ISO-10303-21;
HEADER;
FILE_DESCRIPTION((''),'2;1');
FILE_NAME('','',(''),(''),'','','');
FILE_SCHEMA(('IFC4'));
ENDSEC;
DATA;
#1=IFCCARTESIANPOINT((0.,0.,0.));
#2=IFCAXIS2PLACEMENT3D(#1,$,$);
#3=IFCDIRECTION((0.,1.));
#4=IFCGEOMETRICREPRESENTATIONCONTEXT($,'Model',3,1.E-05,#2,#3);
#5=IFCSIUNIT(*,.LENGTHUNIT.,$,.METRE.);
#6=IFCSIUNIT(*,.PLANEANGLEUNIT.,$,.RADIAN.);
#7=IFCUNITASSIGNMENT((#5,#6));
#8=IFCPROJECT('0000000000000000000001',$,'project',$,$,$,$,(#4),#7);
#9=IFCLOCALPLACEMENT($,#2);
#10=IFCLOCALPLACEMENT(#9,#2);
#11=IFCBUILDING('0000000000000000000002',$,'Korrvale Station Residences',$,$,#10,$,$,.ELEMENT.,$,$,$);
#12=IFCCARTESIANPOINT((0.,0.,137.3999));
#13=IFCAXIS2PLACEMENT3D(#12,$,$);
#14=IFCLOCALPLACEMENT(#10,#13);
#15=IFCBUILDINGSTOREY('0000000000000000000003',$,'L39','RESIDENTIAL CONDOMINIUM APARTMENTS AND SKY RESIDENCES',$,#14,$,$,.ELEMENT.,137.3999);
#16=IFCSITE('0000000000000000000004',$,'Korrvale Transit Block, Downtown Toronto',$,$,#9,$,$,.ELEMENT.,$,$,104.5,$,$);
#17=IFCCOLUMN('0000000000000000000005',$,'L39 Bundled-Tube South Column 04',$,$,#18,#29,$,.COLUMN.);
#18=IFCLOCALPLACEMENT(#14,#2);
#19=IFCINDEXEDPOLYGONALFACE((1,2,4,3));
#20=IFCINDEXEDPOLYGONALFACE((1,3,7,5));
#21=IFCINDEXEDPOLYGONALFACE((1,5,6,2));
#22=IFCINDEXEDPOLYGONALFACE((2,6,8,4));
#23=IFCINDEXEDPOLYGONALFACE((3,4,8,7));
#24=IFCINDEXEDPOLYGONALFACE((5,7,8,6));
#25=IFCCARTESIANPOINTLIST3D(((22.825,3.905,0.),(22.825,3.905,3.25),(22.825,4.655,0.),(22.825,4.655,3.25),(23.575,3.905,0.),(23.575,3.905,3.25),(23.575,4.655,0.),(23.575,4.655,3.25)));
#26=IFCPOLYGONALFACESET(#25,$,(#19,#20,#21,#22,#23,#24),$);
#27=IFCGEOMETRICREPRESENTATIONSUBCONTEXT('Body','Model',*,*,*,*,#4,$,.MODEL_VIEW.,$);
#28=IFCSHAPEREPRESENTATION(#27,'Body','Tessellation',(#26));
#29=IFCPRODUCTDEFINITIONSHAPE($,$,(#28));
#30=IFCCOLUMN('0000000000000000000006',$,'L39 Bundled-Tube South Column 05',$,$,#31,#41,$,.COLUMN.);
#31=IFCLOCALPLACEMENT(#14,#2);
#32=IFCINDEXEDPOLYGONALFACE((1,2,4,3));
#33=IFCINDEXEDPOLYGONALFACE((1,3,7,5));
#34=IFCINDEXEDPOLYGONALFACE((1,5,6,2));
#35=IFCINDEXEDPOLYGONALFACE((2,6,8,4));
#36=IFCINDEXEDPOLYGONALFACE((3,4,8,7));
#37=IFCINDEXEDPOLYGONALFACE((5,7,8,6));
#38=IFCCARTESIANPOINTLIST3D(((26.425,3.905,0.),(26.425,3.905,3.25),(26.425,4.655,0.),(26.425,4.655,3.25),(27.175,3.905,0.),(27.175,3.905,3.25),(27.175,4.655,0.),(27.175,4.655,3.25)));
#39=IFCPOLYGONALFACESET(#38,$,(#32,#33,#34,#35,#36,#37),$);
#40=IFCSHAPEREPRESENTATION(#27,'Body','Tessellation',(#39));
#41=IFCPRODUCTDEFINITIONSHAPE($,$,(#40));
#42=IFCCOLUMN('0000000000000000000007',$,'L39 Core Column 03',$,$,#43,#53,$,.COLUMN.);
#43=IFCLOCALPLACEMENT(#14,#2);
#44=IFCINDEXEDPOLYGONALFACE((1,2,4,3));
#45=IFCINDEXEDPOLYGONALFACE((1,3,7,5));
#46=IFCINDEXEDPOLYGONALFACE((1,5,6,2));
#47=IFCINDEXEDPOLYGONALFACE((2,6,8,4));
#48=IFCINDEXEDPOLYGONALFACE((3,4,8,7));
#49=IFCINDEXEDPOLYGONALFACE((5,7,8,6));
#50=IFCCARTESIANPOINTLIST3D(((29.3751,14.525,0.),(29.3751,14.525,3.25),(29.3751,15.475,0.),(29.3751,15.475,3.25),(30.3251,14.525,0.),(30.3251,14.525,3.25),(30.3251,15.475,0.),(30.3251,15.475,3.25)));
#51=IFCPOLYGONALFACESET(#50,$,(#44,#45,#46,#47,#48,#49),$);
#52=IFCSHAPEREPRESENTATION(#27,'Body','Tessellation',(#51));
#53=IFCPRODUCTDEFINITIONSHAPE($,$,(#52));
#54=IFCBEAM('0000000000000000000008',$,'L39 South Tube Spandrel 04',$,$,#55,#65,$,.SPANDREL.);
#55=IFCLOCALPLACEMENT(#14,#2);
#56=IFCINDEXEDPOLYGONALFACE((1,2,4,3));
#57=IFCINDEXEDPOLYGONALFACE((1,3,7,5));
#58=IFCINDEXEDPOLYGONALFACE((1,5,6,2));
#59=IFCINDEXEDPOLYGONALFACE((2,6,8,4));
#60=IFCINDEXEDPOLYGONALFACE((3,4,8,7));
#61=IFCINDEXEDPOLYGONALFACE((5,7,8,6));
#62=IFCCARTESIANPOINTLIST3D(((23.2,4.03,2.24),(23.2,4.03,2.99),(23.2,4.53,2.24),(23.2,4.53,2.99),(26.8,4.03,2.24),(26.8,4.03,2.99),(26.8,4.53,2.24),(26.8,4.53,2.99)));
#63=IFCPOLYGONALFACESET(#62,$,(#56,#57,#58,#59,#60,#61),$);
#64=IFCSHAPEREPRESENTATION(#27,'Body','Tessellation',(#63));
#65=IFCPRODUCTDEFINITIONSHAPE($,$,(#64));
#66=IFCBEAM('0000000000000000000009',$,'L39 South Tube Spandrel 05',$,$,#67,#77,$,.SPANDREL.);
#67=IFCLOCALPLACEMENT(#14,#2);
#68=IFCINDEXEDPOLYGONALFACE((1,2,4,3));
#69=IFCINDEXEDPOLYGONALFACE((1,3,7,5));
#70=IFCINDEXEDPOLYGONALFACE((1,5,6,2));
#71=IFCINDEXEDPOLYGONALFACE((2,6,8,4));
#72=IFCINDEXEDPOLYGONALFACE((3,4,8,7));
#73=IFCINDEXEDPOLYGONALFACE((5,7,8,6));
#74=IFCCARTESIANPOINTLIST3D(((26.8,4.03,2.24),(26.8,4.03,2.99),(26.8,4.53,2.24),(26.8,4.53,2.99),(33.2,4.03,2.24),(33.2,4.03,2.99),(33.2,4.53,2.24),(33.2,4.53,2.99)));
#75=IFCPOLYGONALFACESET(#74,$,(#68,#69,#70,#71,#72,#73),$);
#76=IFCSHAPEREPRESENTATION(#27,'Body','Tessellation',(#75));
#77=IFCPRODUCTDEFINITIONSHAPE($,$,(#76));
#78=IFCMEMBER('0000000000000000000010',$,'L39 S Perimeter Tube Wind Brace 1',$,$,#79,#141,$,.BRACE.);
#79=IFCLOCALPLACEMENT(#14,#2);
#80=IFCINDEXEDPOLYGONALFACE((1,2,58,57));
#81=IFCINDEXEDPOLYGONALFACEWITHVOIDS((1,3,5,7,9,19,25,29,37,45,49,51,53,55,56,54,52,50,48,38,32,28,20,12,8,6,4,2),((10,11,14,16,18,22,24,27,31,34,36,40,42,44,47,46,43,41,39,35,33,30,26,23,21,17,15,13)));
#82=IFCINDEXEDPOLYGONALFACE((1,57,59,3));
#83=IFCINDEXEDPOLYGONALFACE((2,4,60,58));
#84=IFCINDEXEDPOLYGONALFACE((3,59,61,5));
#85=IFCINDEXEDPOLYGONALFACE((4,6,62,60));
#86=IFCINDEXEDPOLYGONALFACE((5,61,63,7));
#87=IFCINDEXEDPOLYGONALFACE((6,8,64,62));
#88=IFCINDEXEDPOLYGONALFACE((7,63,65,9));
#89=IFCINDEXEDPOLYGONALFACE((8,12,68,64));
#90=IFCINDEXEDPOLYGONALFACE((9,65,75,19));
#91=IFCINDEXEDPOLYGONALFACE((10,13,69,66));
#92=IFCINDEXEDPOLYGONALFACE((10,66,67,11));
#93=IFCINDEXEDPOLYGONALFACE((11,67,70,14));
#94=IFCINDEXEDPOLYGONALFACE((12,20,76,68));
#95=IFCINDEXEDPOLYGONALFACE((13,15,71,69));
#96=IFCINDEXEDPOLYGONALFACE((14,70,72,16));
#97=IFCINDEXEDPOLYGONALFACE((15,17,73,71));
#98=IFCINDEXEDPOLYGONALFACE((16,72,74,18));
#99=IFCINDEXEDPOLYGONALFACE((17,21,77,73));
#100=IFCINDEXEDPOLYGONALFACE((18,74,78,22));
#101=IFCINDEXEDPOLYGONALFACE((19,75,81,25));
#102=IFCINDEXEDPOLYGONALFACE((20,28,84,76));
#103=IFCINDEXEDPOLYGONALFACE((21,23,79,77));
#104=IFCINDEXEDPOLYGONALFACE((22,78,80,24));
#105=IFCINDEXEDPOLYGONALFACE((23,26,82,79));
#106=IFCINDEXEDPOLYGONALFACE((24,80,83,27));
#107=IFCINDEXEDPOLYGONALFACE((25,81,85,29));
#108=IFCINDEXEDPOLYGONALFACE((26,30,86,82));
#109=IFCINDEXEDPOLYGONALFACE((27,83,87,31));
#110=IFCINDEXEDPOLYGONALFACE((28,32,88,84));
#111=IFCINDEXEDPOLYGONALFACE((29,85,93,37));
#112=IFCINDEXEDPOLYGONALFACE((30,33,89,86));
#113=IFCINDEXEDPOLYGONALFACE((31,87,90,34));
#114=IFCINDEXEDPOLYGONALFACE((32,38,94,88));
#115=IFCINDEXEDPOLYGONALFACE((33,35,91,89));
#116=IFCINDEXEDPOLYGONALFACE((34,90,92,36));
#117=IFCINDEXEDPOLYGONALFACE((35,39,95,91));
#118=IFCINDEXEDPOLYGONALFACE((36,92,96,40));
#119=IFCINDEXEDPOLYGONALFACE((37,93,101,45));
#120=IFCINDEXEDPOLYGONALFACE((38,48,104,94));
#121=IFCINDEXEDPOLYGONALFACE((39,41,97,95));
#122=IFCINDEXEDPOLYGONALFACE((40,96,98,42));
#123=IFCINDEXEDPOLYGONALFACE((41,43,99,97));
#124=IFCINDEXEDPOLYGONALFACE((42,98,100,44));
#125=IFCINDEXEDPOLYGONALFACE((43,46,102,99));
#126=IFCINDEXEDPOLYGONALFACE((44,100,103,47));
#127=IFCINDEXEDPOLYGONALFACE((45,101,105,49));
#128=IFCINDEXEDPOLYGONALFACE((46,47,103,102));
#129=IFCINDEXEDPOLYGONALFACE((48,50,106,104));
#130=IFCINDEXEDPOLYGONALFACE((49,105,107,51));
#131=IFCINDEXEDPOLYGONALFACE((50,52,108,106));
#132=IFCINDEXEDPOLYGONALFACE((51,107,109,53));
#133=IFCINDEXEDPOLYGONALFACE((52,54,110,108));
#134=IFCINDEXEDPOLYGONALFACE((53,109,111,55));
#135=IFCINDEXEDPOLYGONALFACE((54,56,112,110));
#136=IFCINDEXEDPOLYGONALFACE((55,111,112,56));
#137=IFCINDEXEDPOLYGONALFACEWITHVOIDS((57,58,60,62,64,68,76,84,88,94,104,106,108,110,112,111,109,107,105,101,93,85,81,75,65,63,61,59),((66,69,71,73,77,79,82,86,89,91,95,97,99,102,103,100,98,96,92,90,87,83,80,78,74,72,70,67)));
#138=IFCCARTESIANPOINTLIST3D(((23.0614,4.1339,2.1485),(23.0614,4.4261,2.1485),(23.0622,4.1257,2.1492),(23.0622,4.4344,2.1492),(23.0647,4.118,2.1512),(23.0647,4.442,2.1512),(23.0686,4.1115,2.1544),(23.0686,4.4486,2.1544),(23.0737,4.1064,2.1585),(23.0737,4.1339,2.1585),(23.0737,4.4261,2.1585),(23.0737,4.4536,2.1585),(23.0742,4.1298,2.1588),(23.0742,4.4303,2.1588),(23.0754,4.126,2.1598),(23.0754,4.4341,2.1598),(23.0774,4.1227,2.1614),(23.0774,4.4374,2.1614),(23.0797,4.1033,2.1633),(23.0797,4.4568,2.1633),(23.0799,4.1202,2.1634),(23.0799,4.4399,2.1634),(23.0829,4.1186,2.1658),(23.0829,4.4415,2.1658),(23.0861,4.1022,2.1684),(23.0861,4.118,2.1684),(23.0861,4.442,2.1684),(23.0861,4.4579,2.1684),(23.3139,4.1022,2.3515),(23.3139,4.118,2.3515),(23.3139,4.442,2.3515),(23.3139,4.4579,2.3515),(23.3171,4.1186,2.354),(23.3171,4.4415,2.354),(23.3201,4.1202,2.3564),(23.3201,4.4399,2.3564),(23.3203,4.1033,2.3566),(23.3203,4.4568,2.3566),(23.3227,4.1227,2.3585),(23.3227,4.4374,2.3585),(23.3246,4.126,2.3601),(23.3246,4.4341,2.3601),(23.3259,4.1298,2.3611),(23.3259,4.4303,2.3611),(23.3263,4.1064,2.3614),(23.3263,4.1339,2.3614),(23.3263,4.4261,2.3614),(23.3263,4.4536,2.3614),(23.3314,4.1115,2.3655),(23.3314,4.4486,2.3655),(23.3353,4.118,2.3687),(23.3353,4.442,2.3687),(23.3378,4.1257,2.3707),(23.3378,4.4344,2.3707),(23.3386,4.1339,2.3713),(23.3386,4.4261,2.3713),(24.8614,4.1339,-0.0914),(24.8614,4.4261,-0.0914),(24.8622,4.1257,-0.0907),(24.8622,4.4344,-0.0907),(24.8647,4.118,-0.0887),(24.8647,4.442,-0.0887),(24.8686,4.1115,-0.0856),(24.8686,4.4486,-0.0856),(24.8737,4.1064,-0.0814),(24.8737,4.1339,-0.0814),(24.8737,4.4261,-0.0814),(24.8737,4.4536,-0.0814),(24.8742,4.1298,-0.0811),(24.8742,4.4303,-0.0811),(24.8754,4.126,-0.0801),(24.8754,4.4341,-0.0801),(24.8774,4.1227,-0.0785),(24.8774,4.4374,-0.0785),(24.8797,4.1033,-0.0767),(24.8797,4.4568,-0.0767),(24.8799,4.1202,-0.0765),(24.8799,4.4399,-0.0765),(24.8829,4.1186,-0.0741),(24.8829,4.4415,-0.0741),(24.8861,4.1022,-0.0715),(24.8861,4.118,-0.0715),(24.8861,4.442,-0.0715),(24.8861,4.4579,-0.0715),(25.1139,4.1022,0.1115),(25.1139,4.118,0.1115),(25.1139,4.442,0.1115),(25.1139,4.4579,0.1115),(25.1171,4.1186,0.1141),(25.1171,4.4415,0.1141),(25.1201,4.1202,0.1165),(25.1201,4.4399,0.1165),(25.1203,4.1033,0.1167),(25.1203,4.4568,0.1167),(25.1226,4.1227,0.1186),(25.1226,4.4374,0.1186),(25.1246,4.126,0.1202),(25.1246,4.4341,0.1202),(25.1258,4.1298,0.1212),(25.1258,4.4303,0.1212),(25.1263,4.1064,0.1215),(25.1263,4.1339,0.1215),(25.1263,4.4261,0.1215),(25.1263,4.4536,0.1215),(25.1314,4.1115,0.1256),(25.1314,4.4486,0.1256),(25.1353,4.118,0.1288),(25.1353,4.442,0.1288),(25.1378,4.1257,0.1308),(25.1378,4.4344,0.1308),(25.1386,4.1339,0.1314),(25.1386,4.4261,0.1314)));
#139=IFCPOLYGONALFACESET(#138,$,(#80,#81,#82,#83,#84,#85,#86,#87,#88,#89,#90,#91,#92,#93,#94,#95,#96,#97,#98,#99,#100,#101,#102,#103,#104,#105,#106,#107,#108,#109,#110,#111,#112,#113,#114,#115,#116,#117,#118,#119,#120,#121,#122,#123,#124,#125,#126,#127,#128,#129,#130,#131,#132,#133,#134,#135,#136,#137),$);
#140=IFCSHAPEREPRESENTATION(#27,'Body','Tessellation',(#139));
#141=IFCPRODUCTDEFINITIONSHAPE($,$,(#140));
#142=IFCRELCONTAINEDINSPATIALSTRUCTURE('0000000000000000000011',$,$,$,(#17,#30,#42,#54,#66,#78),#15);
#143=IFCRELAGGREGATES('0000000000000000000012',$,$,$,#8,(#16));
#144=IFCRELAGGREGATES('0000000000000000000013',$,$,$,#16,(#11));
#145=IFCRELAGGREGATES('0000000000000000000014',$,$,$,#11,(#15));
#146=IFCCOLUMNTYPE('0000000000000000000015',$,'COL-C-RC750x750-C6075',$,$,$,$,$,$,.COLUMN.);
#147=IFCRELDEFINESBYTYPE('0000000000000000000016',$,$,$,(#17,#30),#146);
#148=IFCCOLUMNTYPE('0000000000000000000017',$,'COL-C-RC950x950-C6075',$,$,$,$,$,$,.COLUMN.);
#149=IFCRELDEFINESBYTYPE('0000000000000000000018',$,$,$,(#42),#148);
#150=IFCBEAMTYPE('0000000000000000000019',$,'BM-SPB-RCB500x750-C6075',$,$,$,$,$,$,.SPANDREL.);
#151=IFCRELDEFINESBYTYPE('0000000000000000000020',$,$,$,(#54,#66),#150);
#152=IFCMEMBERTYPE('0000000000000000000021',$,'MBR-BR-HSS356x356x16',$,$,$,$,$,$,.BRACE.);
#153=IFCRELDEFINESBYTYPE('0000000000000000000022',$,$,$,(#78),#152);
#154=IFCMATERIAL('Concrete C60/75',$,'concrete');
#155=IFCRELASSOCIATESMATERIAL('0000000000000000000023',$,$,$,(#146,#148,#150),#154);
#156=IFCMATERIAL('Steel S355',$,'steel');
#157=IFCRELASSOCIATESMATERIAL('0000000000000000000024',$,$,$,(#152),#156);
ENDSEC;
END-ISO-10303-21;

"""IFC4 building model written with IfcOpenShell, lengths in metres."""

from ifc_helpers import new_model, si_unit, direction, frame, origin, origin_2d, place, context, subcontext, project, spatial, rectangle, hollow_rectangle, extrude, material, material_profile, profile_set, type_object, element, save


model = new_model("IFC4")

# Units and contexts
model_context = context("Model", 3, precision=1e-05, world=origin(), true_north=direction((0.0, 1.0)))
body_context = subcontext(model_context, "Body", "Model", "MODEL_VIEW")
ifc_project = project(units=[si_unit("LENGTHUNIT", "METRE"), si_unit("PLANEANGLEUNIT", "RADIAN")], contexts=[model_context])

# Site, building, storey
site_placement = place(None, origin())
site = spatial("IfcSite", under=ifc_project, at=site_placement, Name="Korrvale Transit Block, Downtown Toronto", CompositionType="ELEMENT", RefElevation=104.5)
building_placement = place(site_placement, origin())
building = spatial("IfcBuilding", under=site, at=building_placement, Name="Korrvale Station Residences", CompositionType="ELEMENT")
storey_placement = place(building_placement, frame((0.0, 0.0, 137.3999)))
storey = spatial("IfcBuildingStorey", under=building, at=storey_placement, Name="L39", Description="RESIDENTIAL CONDOMINIUM APARTMENTS AND SKY RESIDENCES", CompositionType="ELEMENT", Elevation=137.3999)

# Columns
ifc_material_1 = material(Name="Concrete C60/75", Category="concrete")
ifc_material_profile_1 = material_profile(ifc_material_1, rectangle(XDim=0.75, YDim=0.75, at=origin_2d()), Name="RC750x750")
ifc_profile_set_1 = profile_set([ifc_material_profile_1], Name="Concrete C60/75")
column_type_1 = type_object("IfcColumnType", Name="COL-C-RC750x750-C6075", PredefinedType="COLUMN", material=ifc_profile_set_1)
for number, where, z_axis, x_axis, name in (
    (1, (23.2, 4.28, 0.0), (0.0, 0.0, 1.0), (1.0, 0.0, 0.0), "L39 Bundled-Tube South Column 04"),
    (2, (26.8, 4.28, 0.0), (0.0, 0.0, 1.0), (1.0, 0.0, 0.0), "L39 Bundled-Tube South Column 05"),
):
    element("IfcColumn", number, at=place(storey_placement, frame(where, z_axis=z_axis, x_axis=x_axis)), inside=storey, type_object=column_type_1, Name=name, PredefinedType="COLUMN", context=body_context, shape_type="SweptSolid", body=[
        extrude(rectangle(XDim=0.75, YDim=0.75, at=origin_2d()), origin(), (0.0, 0.0, 1.0), 3.25),
    ])
ifc_material_profile_2 = material_profile(ifc_material_1, rectangle(XDim=0.95, YDim=0.95, at=origin_2d()), Name="RC950x950")
ifc_profile_set_2 = profile_set([ifc_material_profile_2], Name="Concrete C60/75")
column_type_2 = type_object("IfcColumnType", Name="COL-C-RC950x950-C6075", PredefinedType="COLUMN", material=ifc_profile_set_2)
column_placement = place(storey_placement, frame((29.8501, 15.0, 0.0), z_axis=(0.0, 0.0, 1.0), x_axis=(1.0, 0.0, 0.0)))
element("IfcColumn", 3, at=column_placement, inside=storey, type_object=column_type_2, Name="L39 Core Column 03", PredefinedType="COLUMN", context=body_context, shape_type="SweptSolid", body=[
    extrude(rectangle(XDim=0.95, YDim=0.95, at=origin_2d()), origin(), (0.0, 0.0, 1.0), 3.25),
])

# Beams
ifc_material_profile_3 = material_profile(ifc_material_1, rectangle(XDim=0.5, YDim=0.75, at=origin_2d()), Name="RCB500x750")
ifc_profile_set_3 = profile_set([ifc_material_profile_3], Name="Concrete C60/75")
beam_type = type_object("IfcBeamType", Name="BM-SPB-RCB500x750-C6075", PredefinedType="SPANDREL", material=ifc_profile_set_3)
beam_1_placement = place(storey_placement, frame((23.2, 4.28, 2.615), z_axis=(1.0, 0.0, 0.0), x_axis=(0.0, 1.0, 0.0)))
element("IfcBeam", 4, at=beam_1_placement, inside=storey, type_object=beam_type, Name="L39 South Tube Spandrel 04", PredefinedType="SPANDREL", context=body_context, shape_type="SweptSolid", body=[
    extrude(rectangle(XDim=0.5, YDim=0.75, at=origin_2d()), origin(), (0.0, 0.0, 1.0), 3.6001),
])
beam_2_placement = place(storey_placement, frame((26.8, 4.28, 2.615), z_axis=(1.0, 0.0, 0.0), x_axis=(0.0, 1.0, 0.0)))
element("IfcBeam", 5, at=beam_2_placement, inside=storey, type_object=beam_type, Name="L39 South Tube Spandrel 05", PredefinedType="SPANDREL", context=body_context, shape_type="SweptSolid", body=[
    extrude(rectangle(XDim=0.5, YDim=0.75, at=origin_2d()), origin(), (0.0, 0.0, 1.0), 6.3999),
])

# Member
ifc_material_2 = material(Name="Steel S355", Category="steel")
ifc_material_profile_4 = material_profile(ifc_material_2, hollow_rectangle(XDim=0.3557, YDim=0.3557, WallThickness=0.0159, InnerFilletRadius=0.0159, OuterFilletRadius=0.0317, at=origin_2d()), Name="HSS356x356x16")
ifc_profile_set_4 = profile_set([ifc_material_profile_4], Name="Steel S355")
member_type = type_object("IfcMemberType", Name="MBR-BR-HSS356x356x16", PredefinedType="BRACE", material=ifc_profile_set_4)
for number, where, z_axis, x_axis, name in (
    (6, (25.0, 4.28, 0.02), (-0.626403, 0.0, 0.779499), (0.0, -1.0, 0.0), "L39 S Perimeter Tube Wind Brace 1"),
):
    element("IfcMember", number, at=place(storey_placement, frame(where, z_axis=z_axis, x_axis=x_axis)), inside=storey, type_object=member_type, Name=name, PredefinedType="BRACE", context=body_context, shape_type="SweptSolid", body=[
        extrude(hollow_rectangle(XDim=0.3557, YDim=0.3557, WallThickness=0.0159, InnerFilletRadius=0.0159, OuterFilletRadius=0.0317, at=origin_2d()), origin(), (0.0, 0.0, 1.0), 2.8735),
    ])

save(model, "model.ifc")
